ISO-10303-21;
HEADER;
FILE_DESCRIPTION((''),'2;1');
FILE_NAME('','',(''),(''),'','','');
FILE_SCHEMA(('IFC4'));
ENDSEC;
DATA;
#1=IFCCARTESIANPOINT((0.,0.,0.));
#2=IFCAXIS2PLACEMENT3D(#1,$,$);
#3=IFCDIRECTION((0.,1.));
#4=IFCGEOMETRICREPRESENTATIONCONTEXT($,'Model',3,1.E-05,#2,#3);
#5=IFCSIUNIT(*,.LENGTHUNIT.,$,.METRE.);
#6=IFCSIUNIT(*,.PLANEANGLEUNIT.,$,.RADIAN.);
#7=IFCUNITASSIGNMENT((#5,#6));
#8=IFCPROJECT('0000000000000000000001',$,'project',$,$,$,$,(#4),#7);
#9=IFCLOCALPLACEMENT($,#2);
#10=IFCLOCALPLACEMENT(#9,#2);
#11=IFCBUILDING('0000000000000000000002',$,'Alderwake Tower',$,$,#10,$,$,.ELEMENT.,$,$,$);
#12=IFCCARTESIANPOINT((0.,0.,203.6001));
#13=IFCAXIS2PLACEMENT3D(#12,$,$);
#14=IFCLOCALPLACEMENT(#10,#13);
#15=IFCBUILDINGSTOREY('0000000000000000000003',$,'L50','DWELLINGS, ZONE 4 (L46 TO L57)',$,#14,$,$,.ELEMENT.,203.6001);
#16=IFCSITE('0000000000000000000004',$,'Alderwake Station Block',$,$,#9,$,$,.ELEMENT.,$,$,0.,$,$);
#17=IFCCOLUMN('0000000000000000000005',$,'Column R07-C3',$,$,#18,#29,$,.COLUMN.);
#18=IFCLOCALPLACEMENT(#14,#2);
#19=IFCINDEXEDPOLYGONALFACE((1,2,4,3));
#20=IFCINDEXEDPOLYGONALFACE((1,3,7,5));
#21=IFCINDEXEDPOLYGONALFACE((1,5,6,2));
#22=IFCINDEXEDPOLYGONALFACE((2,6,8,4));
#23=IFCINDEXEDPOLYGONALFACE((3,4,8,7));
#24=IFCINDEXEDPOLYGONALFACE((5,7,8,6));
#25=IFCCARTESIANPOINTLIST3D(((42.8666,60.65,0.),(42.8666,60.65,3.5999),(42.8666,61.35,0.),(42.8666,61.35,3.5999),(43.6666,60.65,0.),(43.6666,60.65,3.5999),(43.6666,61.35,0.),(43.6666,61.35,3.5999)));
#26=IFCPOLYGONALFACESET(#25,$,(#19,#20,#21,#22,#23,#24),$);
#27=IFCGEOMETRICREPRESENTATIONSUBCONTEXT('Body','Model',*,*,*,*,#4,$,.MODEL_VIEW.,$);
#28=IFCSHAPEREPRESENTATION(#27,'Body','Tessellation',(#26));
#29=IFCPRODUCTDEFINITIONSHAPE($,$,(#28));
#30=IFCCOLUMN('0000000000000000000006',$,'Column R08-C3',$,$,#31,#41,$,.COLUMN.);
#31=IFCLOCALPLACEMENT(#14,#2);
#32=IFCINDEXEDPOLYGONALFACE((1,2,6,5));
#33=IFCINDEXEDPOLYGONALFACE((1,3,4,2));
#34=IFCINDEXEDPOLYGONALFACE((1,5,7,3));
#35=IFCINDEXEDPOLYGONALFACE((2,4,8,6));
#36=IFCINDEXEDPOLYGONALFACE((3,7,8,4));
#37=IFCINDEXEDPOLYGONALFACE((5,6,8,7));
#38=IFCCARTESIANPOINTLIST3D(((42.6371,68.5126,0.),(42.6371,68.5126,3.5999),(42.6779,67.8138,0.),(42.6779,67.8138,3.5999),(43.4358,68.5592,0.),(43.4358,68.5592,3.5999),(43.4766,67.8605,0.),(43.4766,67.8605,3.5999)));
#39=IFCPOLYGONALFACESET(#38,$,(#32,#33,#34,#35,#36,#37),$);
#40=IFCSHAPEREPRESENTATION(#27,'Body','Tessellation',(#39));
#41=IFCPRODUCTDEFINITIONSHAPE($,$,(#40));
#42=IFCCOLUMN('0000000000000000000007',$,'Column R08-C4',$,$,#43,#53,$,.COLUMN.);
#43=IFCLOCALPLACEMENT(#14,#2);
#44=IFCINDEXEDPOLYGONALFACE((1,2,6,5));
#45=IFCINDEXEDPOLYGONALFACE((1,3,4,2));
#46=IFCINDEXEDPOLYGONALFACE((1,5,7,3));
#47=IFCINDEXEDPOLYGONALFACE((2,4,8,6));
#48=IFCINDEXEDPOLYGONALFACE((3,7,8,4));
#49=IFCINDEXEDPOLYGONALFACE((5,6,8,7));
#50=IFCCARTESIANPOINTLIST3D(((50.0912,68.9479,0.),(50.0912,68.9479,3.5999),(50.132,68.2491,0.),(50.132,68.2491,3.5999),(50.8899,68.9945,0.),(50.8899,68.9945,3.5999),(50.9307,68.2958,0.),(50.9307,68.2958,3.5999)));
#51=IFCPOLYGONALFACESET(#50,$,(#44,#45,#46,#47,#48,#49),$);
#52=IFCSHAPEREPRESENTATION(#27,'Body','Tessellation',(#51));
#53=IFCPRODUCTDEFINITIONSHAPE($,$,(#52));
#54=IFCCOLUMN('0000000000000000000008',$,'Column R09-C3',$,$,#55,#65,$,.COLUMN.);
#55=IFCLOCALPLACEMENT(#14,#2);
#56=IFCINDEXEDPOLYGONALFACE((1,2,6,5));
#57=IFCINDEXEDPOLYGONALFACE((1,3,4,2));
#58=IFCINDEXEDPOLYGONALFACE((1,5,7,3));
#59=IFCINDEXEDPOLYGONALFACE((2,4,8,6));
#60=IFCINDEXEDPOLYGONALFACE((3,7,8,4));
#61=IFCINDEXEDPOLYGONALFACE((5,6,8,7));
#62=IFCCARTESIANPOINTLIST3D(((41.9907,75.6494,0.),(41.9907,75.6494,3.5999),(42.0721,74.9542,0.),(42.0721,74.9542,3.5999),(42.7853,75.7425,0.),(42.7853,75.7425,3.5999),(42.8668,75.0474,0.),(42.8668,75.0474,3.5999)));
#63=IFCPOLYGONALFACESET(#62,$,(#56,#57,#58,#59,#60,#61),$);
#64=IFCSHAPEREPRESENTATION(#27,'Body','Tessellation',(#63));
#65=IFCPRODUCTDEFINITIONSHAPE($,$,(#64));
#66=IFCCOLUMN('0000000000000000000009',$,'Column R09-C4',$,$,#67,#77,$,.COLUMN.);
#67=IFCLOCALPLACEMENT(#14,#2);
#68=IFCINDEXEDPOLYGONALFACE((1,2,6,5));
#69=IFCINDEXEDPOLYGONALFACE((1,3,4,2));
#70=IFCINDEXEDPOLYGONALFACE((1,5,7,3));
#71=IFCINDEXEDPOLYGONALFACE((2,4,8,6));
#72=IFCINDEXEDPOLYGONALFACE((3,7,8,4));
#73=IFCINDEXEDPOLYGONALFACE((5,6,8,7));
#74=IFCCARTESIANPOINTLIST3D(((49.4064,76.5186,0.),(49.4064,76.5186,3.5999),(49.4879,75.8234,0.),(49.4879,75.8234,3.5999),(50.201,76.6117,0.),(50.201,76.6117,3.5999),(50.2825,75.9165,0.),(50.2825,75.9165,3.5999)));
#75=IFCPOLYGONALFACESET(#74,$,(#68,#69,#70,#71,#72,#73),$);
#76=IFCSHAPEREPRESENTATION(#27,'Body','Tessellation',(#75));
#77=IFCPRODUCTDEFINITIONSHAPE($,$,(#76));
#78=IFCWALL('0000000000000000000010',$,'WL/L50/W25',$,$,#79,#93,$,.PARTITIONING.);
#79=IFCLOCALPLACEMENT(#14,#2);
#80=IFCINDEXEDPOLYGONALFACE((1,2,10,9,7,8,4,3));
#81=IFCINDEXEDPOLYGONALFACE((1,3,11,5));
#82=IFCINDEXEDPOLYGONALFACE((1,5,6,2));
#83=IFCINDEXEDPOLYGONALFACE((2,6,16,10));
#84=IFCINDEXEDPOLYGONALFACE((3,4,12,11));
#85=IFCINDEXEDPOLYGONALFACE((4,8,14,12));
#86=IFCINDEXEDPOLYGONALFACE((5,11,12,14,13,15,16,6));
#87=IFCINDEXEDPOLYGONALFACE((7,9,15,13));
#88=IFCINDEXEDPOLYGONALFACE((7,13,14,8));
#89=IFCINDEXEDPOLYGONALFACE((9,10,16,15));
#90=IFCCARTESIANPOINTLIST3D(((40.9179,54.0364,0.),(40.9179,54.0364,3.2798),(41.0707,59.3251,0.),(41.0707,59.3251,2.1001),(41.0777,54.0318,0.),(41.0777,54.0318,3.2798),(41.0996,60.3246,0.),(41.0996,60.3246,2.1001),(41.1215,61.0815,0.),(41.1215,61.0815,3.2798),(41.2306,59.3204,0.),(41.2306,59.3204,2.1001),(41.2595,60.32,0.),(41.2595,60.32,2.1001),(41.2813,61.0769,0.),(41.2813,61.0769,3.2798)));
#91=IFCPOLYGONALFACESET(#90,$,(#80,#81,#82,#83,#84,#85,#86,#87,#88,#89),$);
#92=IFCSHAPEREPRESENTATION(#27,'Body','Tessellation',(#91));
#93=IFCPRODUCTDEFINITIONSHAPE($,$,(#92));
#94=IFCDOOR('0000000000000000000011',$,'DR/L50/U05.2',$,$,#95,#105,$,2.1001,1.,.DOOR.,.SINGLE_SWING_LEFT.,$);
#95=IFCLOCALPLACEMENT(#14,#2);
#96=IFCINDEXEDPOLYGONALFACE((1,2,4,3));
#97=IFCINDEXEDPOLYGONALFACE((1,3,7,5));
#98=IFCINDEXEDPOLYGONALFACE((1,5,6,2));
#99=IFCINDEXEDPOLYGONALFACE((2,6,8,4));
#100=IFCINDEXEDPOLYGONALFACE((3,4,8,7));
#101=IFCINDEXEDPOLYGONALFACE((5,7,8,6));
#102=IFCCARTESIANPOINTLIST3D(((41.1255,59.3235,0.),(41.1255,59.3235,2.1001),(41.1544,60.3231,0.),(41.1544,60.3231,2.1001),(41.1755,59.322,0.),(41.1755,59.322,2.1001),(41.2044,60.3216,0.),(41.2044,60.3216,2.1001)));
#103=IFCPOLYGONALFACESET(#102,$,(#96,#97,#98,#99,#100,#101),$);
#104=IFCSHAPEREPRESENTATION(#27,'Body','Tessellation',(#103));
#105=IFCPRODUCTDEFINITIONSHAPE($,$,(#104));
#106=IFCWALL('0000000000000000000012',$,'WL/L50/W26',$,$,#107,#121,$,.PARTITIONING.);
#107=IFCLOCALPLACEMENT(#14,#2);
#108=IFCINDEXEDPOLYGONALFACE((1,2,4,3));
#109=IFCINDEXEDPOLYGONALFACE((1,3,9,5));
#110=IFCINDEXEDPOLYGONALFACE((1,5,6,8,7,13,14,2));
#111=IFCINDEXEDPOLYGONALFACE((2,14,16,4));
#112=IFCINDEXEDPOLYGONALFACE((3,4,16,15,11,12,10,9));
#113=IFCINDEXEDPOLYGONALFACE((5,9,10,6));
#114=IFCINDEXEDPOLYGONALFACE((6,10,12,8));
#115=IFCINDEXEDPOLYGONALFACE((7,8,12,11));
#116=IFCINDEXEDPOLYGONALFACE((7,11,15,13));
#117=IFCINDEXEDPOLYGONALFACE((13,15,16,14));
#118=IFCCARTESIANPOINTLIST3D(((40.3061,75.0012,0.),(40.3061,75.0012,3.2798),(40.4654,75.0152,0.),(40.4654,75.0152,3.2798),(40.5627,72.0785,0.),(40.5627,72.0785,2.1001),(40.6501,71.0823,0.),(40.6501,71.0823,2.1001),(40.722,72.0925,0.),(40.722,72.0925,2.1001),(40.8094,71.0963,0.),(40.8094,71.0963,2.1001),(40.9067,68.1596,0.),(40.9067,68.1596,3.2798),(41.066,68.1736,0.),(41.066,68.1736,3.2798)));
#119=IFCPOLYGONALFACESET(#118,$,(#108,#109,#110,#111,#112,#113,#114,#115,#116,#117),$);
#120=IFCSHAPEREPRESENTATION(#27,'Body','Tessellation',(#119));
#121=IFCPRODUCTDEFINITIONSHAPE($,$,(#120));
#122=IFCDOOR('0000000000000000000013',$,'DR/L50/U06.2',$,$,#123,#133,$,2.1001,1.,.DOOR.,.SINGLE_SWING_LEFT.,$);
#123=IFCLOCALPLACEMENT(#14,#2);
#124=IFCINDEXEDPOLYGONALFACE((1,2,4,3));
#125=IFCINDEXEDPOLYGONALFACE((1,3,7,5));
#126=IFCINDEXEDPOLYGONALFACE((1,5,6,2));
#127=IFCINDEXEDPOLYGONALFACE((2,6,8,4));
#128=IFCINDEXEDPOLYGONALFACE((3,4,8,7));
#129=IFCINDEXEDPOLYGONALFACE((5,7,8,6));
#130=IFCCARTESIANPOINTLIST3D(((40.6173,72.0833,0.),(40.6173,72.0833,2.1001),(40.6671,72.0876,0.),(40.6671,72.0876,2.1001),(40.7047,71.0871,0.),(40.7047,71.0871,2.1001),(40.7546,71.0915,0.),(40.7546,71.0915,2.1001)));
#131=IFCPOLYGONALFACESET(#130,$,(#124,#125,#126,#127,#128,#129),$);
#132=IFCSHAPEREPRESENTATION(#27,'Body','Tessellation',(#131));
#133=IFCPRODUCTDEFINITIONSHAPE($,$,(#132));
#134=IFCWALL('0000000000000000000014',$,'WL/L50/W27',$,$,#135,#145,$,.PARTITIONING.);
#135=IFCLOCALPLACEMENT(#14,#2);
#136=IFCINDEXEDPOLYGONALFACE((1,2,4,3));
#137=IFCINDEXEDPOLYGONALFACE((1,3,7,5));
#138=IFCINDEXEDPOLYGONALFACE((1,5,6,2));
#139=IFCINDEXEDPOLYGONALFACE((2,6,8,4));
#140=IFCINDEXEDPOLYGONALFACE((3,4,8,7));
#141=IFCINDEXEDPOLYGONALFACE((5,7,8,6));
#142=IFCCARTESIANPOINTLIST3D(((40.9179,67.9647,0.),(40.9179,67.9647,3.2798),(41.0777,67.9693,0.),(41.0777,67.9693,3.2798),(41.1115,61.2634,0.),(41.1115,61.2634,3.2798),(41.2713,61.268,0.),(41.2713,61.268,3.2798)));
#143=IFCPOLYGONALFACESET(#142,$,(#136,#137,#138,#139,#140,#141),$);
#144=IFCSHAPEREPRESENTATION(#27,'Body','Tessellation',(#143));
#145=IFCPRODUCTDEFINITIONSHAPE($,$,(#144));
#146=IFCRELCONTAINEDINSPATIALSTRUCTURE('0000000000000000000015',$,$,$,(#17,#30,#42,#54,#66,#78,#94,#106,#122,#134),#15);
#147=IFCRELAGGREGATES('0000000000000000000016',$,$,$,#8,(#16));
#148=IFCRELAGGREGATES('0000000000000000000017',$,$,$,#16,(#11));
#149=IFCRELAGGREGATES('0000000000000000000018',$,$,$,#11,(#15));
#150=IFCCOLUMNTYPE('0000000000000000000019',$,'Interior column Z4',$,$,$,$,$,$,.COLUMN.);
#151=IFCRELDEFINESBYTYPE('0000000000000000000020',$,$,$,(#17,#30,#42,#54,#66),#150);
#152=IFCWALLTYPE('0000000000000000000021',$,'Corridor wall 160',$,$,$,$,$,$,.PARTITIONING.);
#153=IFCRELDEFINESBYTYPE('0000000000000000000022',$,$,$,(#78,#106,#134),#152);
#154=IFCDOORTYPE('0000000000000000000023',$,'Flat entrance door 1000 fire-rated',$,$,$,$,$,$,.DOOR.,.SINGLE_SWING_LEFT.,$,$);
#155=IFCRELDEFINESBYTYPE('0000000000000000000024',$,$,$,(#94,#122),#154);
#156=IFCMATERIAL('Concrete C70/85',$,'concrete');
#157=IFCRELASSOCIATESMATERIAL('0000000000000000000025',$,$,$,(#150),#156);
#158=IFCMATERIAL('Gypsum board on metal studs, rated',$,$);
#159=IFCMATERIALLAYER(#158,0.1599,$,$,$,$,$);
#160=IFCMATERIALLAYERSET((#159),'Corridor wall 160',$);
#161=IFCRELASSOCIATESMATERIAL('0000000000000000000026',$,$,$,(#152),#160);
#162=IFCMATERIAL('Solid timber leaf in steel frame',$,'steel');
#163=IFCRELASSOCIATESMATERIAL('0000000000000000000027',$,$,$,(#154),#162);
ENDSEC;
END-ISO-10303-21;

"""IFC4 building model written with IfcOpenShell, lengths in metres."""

from ifc_helpers import new_model, si_unit, direction, frame, frame_2d, origin, origin_2d, place, context, subcontext, project, spatial, rectangle, extrude, material, layer, layer_set, material_profile, profile_set, type_object, element, fill, save


model = new_model("IFC4")

# Units and contexts
model_context = context("Model", 3, precision=1e-05, world=origin(), true_north=direction((0.0, 1.0)))
body_context = subcontext(model_context, "Body", "Model", "MODEL_VIEW")
ifc_project = project(units=[si_unit("LENGTHUNIT", "METRE"), si_unit("PLANEANGLEUNIT", "RADIAN")], contexts=[model_context])

# Site, building, storey
site_placement = place(None, origin())
site = spatial("IfcSite", under=ifc_project, at=site_placement, Name="Alderwake Station Block", CompositionType="ELEMENT", RefElevation=0.0)
building_placement = place(site_placement, origin())
building = spatial("IfcBuilding", under=site, at=building_placement, Name="Alderwake Tower", CompositionType="ELEMENT")
storey_placement = place(building_placement, frame((0.0, 0.0, 203.6001)))
storey = spatial("IfcBuildingStorey", under=building, at=storey_placement, Name="L50", Description="DWELLINGS, ZONE 4 (L46 TO L57)", CompositionType="ELEMENT", Elevation=203.6001)

# Columns
ifc_material_1 = material(Name="Concrete C70/85", Category="concrete")
ifc_material_profile = material_profile(ifc_material_1, rectangle(XDim=0.7, YDim=0.8, at=origin_2d()), Name="RC 800X700")
ifc_profile_set = profile_set([ifc_material_profile], Name="Concrete C70/85")
column_type = type_object("IfcColumnType", Name="Interior column Z4", PredefinedType="COLUMN", material=ifc_profile_set)
for number, where, z_axis, x_axis, name in (
    (1, (43.2666, 61.0, 0.0), (0.0, 0.0, 1.0), (0.0, 1.0, 0.0), "Column R07-C3"),
    (2, (43.0569, 68.1865, 0.0), (0.0, 0.0, 1.0), (-0.058301, 0.998299, 0.0), "Column R08-C3"),
    (3, (50.511, 68.6218, 0.0), (0.0, 0.0, 1.0), (-0.058301, 0.998299, 0.0), "Column R08-C4"),
    (4, (42.4287, 75.3484, 0.0), (0.0, 0.0, 1.0), (-0.116402, 0.993202, 0.0), "Column R09-C3"),
    (5, (49.8445, 76.2175, 0.0), (0.0, 0.0, 1.0), (-0.116402, 0.993202, 0.0), "Column R09-C4"),
):
    element("IfcColumn", number, at=place(storey_placement, frame(where, z_axis=z_axis, x_axis=x_axis)), inside=storey, type_object=column_type, Name=name, PredefinedType="COLUMN", context=body_context, shape_type="SweptSolid", body=[
        extrude(rectangle(XDim=0.7, YDim=0.8, at=origin_2d()), origin(), (0.0, 0.0, 1.0), 3.5999),
    ])

# Walls, openings, doors
ifc_material_2 = material(Name="Gypsum board on metal studs, rated")
ifc_layer_1 = layer(ifc_material_2, 0.1599)
ifc_layer_set_1 = layer_set([ifc_layer_1], Name="Corridor wall 160")
wall_type_1 = type_object("IfcWallType", Name="Corridor wall 160", PredefinedType="PARTITIONING", material=ifc_layer_set_1)
wall_1_placement = place(storey_placement, frame((41.2014, 61.0791, 0.0), z_axis=(0.0, 0.0, 1.0), x_axis=(-0.028889, -0.999583, 0.0)))
wall_1 = element("IfcWall", 6, at=wall_1_placement, inside=storey, type_object=wall_type_1, Name="WL/L50/W25", PredefinedType="PARTITIONING", context=body_context, shape_type="SweptSolid", body=[
    extrude(rectangle(XDim=7.0481, YDim=0.1599, at=frame_2d((3.5239, 0.0))), origin(), (0.0, 0.0, 1.0), 3.2798),
])
opening_1_placement = place(wall_1_placement, frame((0.7571, 0.0, 0.0)))
opening_1 = element("IfcOpeningElement", 7, at=opening_1_placement, cuts=wall_1, PredefinedType="OPENING", context=body_context, shape_type="SweptSolid", body=[
    extrude(rectangle(XDim=1.0, YDim=2.1001, at=frame_2d((0.5, 1.05))), frame((0.0, 0.0898, 0.0), z_axis=(0.0, -1.0, 0.0), x_axis=(1.0, 0.0, 0.0)), (0.0, 0.0, 1.0), 0.1799),
])
ifc_material_3 = material(Name="Solid timber leaf in steel frame", Category="steel")
door_type_1 = type_object("IfcDoorType", Name="Flat entrance door 1000 fire-rated", OperationType="SINGLE_SWING_LEFT", PredefinedType="DOOR", material=ifc_material_3)
door_1_placement = place(opening_1_placement, origin())
door_1 = element("IfcDoor", 8, at=door_1_placement, inside=storey, type_object=door_type_1, Name="DR/L50/U05.2", OperationType="SINGLE_SWING_LEFT", OverallHeight=2.1001, OverallWidth=1.0, PredefinedType="DOOR", context=body_context, shape_type="SweptSolid", body=[
    extrude(rectangle(XDim=1.0, YDim=2.1001, at=frame_2d((0.5, 1.05))), frame((0.0, 0.0249, 0.0), z_axis=(0.0, -1.0, 0.0), x_axis=(1.0, 0.0, 0.0)), (0.0, 0.0, 1.0), 0.05),
])
fill(opening_1, door_1)
wall_2_placement = place(storey_placement, frame((40.3857, 75.0083, 0.0), z_axis=(0.0, 0.0, 1.0), x_axis=(0.087449, -0.996169, 0.0)))
wall_2 = element("IfcWall", 9, at=wall_2_placement, inside=storey, type_object=wall_type_1, Name="WL/L50/W26", PredefinedType="PARTITIONING", context=body_context, shape_type="SweptSolid", body=[
    extrude(rectangle(XDim=6.8679, YDim=0.1599, at=frame_2d((3.4341, 0.0))), origin(), (0.0, 0.0, 1.0), 3.2798),
])
opening_2_placement = place(wall_2_placement, frame((2.9341, 0.0, 0.0)))
opening_2 = element("IfcOpeningElement", 10, at=opening_2_placement, cuts=wall_2, PredefinedType="OPENING", context=body_context, shape_type="SweptSolid", body=[
    extrude(rectangle(XDim=1.0, YDim=2.1001, at=frame_2d((0.5, 1.05))), frame((0.0, 0.0898, 0.0), z_axis=(0.0, -1.0, 0.0), x_axis=(1.0, 0.0, 0.0)), (0.0, 0.0, 1.0), 0.1799),
])
door_2_placement = place(opening_2_placement, origin())
door_2 = element("IfcDoor", 11, at=door_2_placement, inside=storey, type_object=door_type_1, Name="DR/L50/U06.2", OperationType="SINGLE_SWING_LEFT", OverallHeight=2.1001, OverallWidth=1.0, PredefinedType="DOOR", context=body_context, shape_type="SweptSolid", body=[
    extrude(rectangle(XDim=1.0, YDim=2.1001, at=frame_2d((0.5, 1.05))), frame((0.0, 0.0249, 0.0), z_axis=(0.0, -1.0, 0.0), x_axis=(1.0, 0.0, 0.0)), (0.0, 0.0, 1.0), 0.05),
])
fill(opening_2, door_2)

# Wall
wall_3_placement = place(storey_placement, frame((40.9978, 67.967, 0.0), z_axis=(0.0, 0.0, 1.0), x_axis=(0.028878, -0.999583, 0.0)))
element("IfcWall", 12, at=wall_3_placement, inside=storey, type_object=wall_type_1, Name="WL/L50/W27", PredefinedType="PARTITIONING", context=body_context, shape_type="SweptSolid", body=[
    extrude(rectangle(XDim=6.7041, YDim=0.1599, at=frame_2d((3.3521, 0.0))), origin(), (0.0, 0.0, 1.0), 3.2798),
])

save(model, "model.ifc")
